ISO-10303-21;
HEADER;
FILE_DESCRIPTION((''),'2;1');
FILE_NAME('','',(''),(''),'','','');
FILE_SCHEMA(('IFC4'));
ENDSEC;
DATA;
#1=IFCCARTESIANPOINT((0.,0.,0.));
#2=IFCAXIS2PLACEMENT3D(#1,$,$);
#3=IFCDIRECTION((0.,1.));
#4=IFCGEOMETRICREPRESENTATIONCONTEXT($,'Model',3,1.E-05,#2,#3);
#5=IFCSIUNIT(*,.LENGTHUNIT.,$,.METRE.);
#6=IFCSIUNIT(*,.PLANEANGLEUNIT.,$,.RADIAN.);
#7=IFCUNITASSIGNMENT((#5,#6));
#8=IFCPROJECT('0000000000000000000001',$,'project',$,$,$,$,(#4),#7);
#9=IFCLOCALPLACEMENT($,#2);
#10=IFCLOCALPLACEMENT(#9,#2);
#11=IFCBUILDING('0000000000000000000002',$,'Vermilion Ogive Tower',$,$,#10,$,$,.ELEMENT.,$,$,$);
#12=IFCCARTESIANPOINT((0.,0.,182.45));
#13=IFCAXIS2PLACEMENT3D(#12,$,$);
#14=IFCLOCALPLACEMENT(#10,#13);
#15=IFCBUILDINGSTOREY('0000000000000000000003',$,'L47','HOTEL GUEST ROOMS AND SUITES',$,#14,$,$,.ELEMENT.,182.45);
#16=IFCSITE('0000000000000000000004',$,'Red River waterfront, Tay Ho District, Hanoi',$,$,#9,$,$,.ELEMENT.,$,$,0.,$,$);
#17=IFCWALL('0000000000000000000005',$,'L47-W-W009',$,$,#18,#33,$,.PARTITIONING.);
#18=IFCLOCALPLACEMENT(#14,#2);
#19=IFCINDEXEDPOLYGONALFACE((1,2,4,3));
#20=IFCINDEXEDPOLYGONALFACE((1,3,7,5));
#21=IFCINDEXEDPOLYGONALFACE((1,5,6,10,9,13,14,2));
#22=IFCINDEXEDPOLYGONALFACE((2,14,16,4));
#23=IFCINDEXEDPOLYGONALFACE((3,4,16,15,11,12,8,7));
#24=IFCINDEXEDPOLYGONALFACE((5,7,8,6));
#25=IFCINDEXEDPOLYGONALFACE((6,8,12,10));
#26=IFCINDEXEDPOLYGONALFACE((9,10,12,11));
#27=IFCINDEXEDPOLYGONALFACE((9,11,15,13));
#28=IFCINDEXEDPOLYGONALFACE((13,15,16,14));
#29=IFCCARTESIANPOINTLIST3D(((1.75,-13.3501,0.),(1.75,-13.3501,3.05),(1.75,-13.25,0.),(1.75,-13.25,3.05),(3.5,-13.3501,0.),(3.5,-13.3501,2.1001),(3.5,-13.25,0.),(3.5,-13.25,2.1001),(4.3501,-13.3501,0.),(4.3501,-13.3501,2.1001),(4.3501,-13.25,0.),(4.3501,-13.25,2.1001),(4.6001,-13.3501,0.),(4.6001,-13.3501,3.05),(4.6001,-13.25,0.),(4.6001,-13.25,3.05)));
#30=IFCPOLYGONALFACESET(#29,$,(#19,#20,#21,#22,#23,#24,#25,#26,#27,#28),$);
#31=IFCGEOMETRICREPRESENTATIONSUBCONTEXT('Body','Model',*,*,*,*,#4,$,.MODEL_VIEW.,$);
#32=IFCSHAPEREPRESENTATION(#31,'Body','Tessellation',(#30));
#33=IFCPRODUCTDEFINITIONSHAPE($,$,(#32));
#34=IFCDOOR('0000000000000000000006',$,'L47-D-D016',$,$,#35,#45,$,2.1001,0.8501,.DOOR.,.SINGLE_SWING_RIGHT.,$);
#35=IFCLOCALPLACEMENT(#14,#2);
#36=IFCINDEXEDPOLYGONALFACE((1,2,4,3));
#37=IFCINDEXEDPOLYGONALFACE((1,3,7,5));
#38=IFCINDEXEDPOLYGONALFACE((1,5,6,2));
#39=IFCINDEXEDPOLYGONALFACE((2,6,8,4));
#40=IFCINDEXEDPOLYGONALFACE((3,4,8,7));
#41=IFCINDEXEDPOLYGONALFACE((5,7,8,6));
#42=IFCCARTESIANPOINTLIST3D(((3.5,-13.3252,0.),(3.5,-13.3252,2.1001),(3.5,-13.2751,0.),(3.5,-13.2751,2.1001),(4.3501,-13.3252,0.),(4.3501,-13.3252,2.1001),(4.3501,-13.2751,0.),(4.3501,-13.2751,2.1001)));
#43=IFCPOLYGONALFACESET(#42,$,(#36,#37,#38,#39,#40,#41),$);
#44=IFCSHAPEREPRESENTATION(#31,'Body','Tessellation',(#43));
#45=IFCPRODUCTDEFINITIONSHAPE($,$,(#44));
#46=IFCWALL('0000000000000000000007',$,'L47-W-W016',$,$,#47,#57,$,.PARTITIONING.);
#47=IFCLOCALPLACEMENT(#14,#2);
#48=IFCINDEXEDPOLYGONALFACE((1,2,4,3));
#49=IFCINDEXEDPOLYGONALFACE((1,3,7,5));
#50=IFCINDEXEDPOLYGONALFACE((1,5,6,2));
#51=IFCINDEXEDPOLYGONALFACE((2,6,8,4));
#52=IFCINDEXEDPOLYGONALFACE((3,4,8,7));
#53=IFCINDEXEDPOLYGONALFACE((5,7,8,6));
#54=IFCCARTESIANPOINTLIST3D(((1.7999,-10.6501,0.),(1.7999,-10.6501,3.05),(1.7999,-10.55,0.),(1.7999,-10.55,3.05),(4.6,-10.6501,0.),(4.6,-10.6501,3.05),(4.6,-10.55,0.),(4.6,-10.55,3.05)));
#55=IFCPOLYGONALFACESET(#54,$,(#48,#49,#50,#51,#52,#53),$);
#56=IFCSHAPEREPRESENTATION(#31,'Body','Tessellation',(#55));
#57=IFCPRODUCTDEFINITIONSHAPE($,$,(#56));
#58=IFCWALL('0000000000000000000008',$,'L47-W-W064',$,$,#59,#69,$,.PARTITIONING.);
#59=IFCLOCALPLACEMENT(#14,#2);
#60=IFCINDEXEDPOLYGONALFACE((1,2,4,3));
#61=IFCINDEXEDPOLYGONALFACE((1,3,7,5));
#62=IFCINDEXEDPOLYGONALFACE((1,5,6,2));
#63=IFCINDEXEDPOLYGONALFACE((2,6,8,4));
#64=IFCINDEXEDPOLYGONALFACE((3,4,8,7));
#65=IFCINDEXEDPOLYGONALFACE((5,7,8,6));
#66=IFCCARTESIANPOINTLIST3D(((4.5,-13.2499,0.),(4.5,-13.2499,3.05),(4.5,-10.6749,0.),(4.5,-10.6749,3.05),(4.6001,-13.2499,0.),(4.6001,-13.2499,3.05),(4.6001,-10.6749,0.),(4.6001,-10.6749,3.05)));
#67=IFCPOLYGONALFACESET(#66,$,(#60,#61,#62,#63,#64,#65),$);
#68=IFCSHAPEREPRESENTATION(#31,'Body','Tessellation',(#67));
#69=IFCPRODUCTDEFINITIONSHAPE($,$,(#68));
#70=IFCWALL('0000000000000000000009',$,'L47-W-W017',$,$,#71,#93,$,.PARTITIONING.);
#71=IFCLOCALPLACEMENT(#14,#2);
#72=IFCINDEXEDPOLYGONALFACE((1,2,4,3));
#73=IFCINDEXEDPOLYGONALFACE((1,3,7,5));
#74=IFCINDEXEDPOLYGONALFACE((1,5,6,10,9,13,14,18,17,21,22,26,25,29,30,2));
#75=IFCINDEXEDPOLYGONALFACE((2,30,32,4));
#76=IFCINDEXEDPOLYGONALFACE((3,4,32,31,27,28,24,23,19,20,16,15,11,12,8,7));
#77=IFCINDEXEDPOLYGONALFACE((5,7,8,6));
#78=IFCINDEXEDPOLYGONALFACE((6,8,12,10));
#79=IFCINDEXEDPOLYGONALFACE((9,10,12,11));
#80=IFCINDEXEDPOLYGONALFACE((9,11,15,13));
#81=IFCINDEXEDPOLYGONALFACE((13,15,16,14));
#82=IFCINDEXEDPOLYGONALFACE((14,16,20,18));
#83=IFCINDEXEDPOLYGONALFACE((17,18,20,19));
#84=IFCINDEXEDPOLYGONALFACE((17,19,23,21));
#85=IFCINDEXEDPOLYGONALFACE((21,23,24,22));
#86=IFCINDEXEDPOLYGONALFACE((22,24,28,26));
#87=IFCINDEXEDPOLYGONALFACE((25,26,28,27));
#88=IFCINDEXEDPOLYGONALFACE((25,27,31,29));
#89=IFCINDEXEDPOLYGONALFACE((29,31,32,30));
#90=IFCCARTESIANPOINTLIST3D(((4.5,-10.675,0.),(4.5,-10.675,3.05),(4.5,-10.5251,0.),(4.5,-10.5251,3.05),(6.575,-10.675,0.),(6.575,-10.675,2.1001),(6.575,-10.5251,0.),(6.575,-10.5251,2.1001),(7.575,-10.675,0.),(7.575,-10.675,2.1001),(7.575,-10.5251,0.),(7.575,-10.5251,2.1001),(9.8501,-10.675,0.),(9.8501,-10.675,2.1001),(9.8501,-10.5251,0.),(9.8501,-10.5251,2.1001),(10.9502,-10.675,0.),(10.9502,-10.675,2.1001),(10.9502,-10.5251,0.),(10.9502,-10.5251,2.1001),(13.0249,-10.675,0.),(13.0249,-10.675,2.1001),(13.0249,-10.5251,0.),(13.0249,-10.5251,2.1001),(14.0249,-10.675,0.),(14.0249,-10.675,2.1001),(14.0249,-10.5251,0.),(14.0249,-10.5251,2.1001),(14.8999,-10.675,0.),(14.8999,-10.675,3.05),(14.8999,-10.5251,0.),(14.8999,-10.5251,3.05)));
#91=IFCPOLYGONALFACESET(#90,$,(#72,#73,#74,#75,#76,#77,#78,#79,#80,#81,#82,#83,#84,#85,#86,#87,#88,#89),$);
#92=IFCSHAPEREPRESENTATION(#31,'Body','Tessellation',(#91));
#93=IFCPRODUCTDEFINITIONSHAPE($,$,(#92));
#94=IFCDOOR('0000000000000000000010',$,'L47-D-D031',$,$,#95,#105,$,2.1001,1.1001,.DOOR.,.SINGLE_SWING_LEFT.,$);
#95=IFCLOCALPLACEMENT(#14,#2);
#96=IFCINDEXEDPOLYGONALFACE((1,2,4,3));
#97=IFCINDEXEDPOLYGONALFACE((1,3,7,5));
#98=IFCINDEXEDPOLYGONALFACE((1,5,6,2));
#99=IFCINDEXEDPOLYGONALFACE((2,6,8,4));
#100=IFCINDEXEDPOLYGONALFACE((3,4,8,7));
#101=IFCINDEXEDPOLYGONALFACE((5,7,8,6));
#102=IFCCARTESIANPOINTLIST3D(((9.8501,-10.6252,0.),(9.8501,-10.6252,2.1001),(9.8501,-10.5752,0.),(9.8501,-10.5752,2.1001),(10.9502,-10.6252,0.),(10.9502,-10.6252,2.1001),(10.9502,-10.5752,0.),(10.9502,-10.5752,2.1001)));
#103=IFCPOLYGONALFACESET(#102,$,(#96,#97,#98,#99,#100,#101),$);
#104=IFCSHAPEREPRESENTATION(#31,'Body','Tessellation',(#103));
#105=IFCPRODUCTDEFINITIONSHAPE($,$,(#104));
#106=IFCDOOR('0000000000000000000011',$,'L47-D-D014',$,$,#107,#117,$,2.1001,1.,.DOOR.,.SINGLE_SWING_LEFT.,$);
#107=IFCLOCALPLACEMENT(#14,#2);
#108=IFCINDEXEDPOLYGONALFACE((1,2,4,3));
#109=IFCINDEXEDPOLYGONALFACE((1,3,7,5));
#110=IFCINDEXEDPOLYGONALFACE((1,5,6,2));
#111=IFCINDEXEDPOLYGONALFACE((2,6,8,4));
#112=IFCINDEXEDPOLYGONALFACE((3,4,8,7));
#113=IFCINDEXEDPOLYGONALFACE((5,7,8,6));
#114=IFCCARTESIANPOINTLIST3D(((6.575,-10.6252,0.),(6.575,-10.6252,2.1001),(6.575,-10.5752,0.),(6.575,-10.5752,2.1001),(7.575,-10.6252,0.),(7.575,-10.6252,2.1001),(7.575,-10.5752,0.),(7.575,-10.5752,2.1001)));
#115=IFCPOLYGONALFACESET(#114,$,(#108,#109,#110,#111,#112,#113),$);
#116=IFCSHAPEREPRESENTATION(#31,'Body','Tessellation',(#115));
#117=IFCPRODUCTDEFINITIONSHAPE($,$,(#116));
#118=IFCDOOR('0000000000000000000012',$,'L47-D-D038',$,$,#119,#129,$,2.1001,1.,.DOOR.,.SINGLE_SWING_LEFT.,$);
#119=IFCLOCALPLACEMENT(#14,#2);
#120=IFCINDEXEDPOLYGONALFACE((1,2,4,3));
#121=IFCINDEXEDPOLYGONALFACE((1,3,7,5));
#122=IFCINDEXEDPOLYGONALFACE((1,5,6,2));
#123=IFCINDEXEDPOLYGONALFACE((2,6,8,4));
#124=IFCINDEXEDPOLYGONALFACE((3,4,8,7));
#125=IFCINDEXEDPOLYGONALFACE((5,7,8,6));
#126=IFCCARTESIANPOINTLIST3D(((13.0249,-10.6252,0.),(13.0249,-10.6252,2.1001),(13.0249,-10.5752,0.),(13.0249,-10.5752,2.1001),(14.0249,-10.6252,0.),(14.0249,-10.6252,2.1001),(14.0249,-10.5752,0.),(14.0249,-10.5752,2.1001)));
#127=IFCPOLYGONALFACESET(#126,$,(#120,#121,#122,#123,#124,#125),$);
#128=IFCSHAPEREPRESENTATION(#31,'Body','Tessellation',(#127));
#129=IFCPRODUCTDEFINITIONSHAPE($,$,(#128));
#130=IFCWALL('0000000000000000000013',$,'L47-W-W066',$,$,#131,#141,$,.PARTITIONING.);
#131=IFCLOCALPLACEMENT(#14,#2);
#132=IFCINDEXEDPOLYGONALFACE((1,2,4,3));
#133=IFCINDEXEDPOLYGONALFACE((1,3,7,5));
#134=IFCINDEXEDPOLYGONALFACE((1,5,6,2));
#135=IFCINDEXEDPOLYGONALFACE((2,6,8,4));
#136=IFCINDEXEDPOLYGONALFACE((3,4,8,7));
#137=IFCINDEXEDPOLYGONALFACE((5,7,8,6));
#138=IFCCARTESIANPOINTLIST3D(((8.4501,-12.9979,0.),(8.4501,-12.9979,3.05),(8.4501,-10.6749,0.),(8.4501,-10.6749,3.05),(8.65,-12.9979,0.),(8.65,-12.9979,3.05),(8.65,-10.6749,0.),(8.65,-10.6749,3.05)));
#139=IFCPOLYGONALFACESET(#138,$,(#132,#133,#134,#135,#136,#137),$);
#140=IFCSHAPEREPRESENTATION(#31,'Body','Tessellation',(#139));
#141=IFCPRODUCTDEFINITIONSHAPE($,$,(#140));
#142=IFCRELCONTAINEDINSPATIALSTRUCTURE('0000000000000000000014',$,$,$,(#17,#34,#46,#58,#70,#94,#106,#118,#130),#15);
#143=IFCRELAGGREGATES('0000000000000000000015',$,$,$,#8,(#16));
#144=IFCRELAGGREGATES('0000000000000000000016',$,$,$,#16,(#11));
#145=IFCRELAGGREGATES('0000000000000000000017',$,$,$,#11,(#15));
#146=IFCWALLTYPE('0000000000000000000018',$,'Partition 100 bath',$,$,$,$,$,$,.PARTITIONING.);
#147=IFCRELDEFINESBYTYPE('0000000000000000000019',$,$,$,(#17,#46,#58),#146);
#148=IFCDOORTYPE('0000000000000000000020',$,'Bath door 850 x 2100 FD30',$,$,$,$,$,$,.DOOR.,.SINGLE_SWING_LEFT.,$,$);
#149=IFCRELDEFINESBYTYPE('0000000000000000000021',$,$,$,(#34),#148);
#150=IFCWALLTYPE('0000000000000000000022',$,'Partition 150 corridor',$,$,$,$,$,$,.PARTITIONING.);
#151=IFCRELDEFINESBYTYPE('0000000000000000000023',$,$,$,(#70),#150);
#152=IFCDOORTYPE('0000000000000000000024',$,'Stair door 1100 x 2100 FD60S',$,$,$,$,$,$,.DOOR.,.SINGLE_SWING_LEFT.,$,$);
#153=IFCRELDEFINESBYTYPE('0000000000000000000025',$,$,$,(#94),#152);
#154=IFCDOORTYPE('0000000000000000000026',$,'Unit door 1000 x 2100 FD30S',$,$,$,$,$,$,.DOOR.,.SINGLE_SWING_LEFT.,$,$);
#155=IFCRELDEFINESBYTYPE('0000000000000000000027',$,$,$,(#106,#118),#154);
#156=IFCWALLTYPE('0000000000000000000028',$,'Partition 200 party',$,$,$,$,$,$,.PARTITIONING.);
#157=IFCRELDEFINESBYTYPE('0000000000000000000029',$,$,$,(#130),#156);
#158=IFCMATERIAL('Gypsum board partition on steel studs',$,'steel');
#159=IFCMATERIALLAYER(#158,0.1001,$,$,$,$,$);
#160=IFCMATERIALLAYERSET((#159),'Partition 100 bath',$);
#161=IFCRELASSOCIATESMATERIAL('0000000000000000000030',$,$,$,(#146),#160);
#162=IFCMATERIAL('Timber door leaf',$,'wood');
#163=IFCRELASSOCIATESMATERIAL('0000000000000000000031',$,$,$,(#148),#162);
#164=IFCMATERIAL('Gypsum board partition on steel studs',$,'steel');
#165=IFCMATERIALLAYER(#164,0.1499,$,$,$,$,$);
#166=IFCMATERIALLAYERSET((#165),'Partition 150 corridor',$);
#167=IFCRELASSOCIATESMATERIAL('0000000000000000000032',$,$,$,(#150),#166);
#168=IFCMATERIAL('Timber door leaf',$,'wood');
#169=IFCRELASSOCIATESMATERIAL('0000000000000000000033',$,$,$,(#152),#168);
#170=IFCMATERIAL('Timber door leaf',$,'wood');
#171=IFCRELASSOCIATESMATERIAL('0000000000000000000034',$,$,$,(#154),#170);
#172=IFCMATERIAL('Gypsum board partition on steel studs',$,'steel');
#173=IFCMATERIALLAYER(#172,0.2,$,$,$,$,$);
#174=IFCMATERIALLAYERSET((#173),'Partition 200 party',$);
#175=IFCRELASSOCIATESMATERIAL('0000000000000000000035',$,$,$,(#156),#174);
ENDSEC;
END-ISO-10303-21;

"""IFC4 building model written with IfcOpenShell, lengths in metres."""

from ifc_helpers import new_model, si_unit, direction, frame, frame_2d, origin, place, context, subcontext, project, spatial, rectangle, extrude, material, layer, layer_set, type_object, element, fill, save


model = new_model("IFC4")

# Units and contexts
model_context = context("Model", 3, precision=1e-05, world=origin(), true_north=direction((0.0, 1.0)))
body_context = subcontext(model_context, "Body", "Model", "MODEL_VIEW")
ifc_project = project(units=[si_unit("LENGTHUNIT", "METRE"), si_unit("PLANEANGLEUNIT", "RADIAN")], contexts=[model_context])

# Site, building, storey
site_placement = place(None, origin())
site = spatial("IfcSite", under=ifc_project, at=site_placement, Name="Red River waterfront, Tay Ho District, Hanoi", CompositionType="ELEMENT", RefElevation=0.0)
building_placement = place(site_placement, origin())
building = spatial("IfcBuilding", under=site, at=building_placement, Name="Vermilion Ogive Tower", CompositionType="ELEMENT")
storey_placement = place(building_placement, frame((0.0, 0.0, 182.45)))
storey = spatial("IfcBuildingStorey", under=building, at=storey_placement, Name="L47", Description="HOTEL GUEST ROOMS AND SUITES", CompositionType="ELEMENT", Elevation=182.45)

# Wall, opening, door
ifc_material_1 = material(Name="Gypsum board partition on steel studs", Category="steel")
ifc_layer_1 = layer(ifc_material_1, 0.1001)
ifc_layer_set_1 = layer_set([ifc_layer_1], Name="Partition 100 bath")
wall_type_1 = type_object("IfcWallType", Name="Partition 100 bath", PredefinedType="PARTITIONING", material=ifc_layer_set_1)
wall_1_placement = place(storey_placement, frame((1.75, -13.3, 0.0), z_axis=(0.0, 0.0, 1.0), x_axis=(1.0, 0.0, 0.0)))
wall_1 = element("IfcWall", 1, at=wall_1_placement, inside=storey, type_object=wall_type_1, Name="L47-W-W009", PredefinedType="PARTITIONING", context=body_context, shape_type="SweptSolid", body=[
    extrude(rectangle(XDim=2.8501, YDim=0.1001, at=frame_2d((1.425, 0.0))), origin(), (0.0, 0.0, 1.0), 3.05),
])
opening_1_placement = place(wall_1_placement, frame((1.75, 0.0, 0.0)))
opening_1 = element("IfcOpeningElement", 2, at=opening_1_placement, cuts=wall_1, PredefinedType="OPENING", context=body_context, shape_type="SweptSolid", body=[
    extrude(rectangle(XDim=0.8501, YDim=2.1001, at=frame_2d((0.425, 1.05))), frame((0.0, 0.0601, 0.0), z_axis=(0.0, -1.0, 0.0), x_axis=(1.0, 0.0, 0.0)), (0.0, 0.0, 1.0), 0.1201),
])
ifc_material_2 = material(Name="Timber door leaf", Category="wood")
door_type_1 = type_object("IfcDoorType", Name="Bath door 850 x 2100 FD30", OperationType="SINGLE_SWING_LEFT", PredefinedType="DOOR", material=ifc_material_2)
door_1_placement = place(opening_1_placement, origin())
door_1 = element("IfcDoor", 3, at=door_1_placement, inside=storey, type_object=door_type_1, Name="L47-D-D016", OperationType="SINGLE_SWING_RIGHT", OverallHeight=2.1001, OverallWidth=0.8501, PredefinedType="DOOR", context=body_context, shape_type="SweptSolid", body=[
    extrude(rectangle(XDim=0.8501, YDim=2.1001, at=frame_2d((0.425, 1.05))), frame((0.0, 0.0249, 0.0), z_axis=(0.0, -1.0, 0.0), x_axis=(1.0, 0.0, 0.0)), (0.0, 0.0, 1.0), 0.05),
])
fill(opening_1, door_1)

# Walls
wall_2_placement = place(storey_placement, frame((1.8, -10.6001, 0.0), z_axis=(0.0, 0.0, 1.0), x_axis=(1.0, 0.0, 0.0)))
element("IfcWall", 4, at=wall_2_placement, inside=storey, type_object=wall_type_1, Name="L47-W-W016", PredefinedType="PARTITIONING", context=body_context, shape_type="SweptSolid", body=[
    extrude(rectangle(XDim=2.8, YDim=0.1001, at=frame_2d((1.3999, 0.0))), origin(), (0.0, 0.0, 1.0), 3.05),
])
wall_3_placement = place(storey_placement, frame((4.55, -13.25, 0.0), z_axis=(0.0, 0.0, 1.0), x_axis=(0.0, 1.0, 0.0)))
element("IfcWall", 5, at=wall_3_placement, inside=storey, type_object=wall_type_1, Name="L47-W-W064", PredefinedType="PARTITIONING", context=body_context, shape_type="SweptSolid", body=[
    extrude(rectangle(XDim=2.575, YDim=0.1001, at=frame_2d((1.2876, 0.0))), origin(), (0.0, 0.0, 1.0), 3.05),
])

# Wall, openings, doors
ifc_material_3 = material(Name="Gypsum board partition on steel studs", Category="steel")
ifc_layer_2 = layer(ifc_material_3, 0.1499)
ifc_layer_set_2 = layer_set([ifc_layer_2], Name="Partition 150 corridor")
wall_type_2 = type_object("IfcWallType", Name="Partition 150 corridor", PredefinedType="PARTITIONING", material=ifc_layer_set_2)
wall_4_placement = place(storey_placement, frame((4.5, -10.6001, 0.0), z_axis=(0.0, 0.0, 1.0), x_axis=(1.0, 0.0, 0.0)))
wall_4 = element("IfcWall", 6, at=wall_4_placement, inside=storey, type_object=wall_type_2, Name="L47-W-W017", PredefinedType="PARTITIONING", context=body_context, shape_type="SweptSolid", body=[
    extrude(rectangle(XDim=10.3999, YDim=0.1499, at=frame_2d((5.2, 0.0))), origin(), (0.0, 0.0, 1.0), 3.05),
])
opening_2_placement = place(wall_4_placement, frame((2.075, 0.0, 0.0)))
opening_2 = element("IfcOpeningElement", 7, at=opening_2_placement, cuts=wall_4, PredefinedType="OPENING", context=body_context, shape_type="SweptSolid", body=[
    extrude(rectangle(XDim=1.0, YDim=2.1001, at=frame_2d((0.5, 1.05))), frame((0.0, 0.085, 0.0), z_axis=(0.0, -1.0, 0.0), x_axis=(1.0, 0.0, 0.0)), (0.0, 0.0, 1.0), 0.1699),
])
opening_3_placement = place(wall_4_placement, frame((5.3501, 0.0, 0.0)))
opening_3 = element("IfcOpeningElement", 8, at=opening_3_placement, cuts=wall_4, PredefinedType="OPENING", context=body_context, shape_type="SweptSolid", body=[
    extrude(rectangle(XDim=1.1001, YDim=2.1001, at=frame_2d((0.55, 1.05))), frame((0.0, 0.085, 0.0), z_axis=(0.0, -1.0, 0.0), x_axis=(1.0, 0.0, 0.0)), (0.0, 0.0, 1.0), 0.1699),
])
opening_4_placement = place(wall_4_placement, frame((8.5249, 0.0, 0.0)))
opening_4 = element("IfcOpeningElement", 9, at=opening_4_placement, cuts=wall_4, PredefinedType="OPENING", context=body_context, shape_type="SweptSolid", body=[
    extrude(rectangle(XDim=1.0, YDim=2.1001, at=frame_2d((0.5, 1.05))), frame((0.0, 0.085, 0.0), z_axis=(0.0, -1.0, 0.0), x_axis=(1.0, 0.0, 0.0)), (0.0, 0.0, 1.0), 0.1699),
])
ifc_material_4 = material(Name="Timber door leaf", Category="wood")
door_type_2 = type_object("IfcDoorType", Name="Stair door 1100 x 2100 FD60S", OperationType="SINGLE_SWING_LEFT", PredefinedType="DOOR", material=ifc_material_4)
door_2_placement = place(opening_3_placement, origin())
door_2 = element("IfcDoor", 10, at=door_2_placement, inside=storey, type_object=door_type_2, Name="L47-D-D031", OperationType="SINGLE_SWING_LEFT", OverallHeight=2.1001, OverallWidth=1.1001, PredefinedType="DOOR", context=body_context, shape_type="SweptSolid", body=[
    extrude(rectangle(XDim=1.1001, YDim=2.1001, at=frame_2d((0.55, 1.05))), frame((0.0, 0.0249, 0.0), z_axis=(0.0, -1.0, 0.0), x_axis=(1.0, 0.0, 0.0)), (0.0, 0.0, 1.0), 0.05),
])
fill(opening_3, door_2)
ifc_material_5 = material(Name="Timber door leaf", Category="wood")
door_type_3 = type_object("IfcDoorType", Name="Unit door 1000 x 2100 FD30S", OperationType="SINGLE_SWING_LEFT", PredefinedType="DOOR", material=ifc_material_5)
door_3_placement = place(opening_2_placement, origin())
door_3 = element("IfcDoor", 11, at=door_3_placement, inside=storey, type_object=door_type_3, Name="L47-D-D014", OperationType="SINGLE_SWING_LEFT", OverallHeight=2.1001, OverallWidth=1.0, PredefinedType="DOOR", context=body_context, shape_type="SweptSolid", body=[
    extrude(rectangle(XDim=1.0, YDim=2.1001, at=frame_2d((0.5, 1.05))), frame((0.0, 0.0249, 0.0), z_axis=(0.0, -1.0, 0.0), x_axis=(1.0, 0.0, 0.0)), (0.0, 0.0, 1.0), 0.05),
])
fill(opening_2, door_3)
door_4_placement = place(opening_4_placement, origin())
door_4 = element("IfcDoor", 12, at=door_4_placement, inside=storey, type_object=door_type_3, Name="L47-D-D038", OperationType="SINGLE_SWING_LEFT", OverallHeight=2.1001, OverallWidth=1.0, PredefinedType="DOOR", context=body_context, shape_type="SweptSolid", body=[
    extrude(rectangle(XDim=1.0, YDim=2.1001, at=frame_2d((0.5, 1.05))), frame((0.0, 0.0249, 0.0), z_axis=(0.0, -1.0, 0.0), x_axis=(1.0, 0.0, 0.0)), (0.0, 0.0, 1.0), 0.05),
])
fill(opening_4, door_4)

# Wall
ifc_material_6 = material(Name="Gypsum board partition on steel studs", Category="steel")
ifc_layer_3 = layer(ifc_material_6, 0.2)
ifc_layer_set_3 = layer_set([ifc_layer_3], Name="Partition 200 party")
wall_type_3 = type_object("IfcWallType", Name="Partition 200 party", PredefinedType="PARTITIONING", material=ifc_layer_set_3)
wall_5_placement = place(storey_placement, frame((8.55, -12.998, 0.0), z_axis=(0.0, 0.0, 1.0), x_axis=(0.0, 1.0, 0.0)))
element("IfcWall", 13, at=wall_5_placement, inside=storey, type_object=wall_type_3, Name="L47-W-W066", PredefinedType="PARTITIONING", context=body_context, shape_type="SweptSolid", body=[
    extrude(rectangle(XDim=2.323, YDim=0.2, at=frame_2d((1.1616, 0.0))), origin(), (0.0, 0.0, 1.0), 3.05),
])

save(model, "model.ifc")
